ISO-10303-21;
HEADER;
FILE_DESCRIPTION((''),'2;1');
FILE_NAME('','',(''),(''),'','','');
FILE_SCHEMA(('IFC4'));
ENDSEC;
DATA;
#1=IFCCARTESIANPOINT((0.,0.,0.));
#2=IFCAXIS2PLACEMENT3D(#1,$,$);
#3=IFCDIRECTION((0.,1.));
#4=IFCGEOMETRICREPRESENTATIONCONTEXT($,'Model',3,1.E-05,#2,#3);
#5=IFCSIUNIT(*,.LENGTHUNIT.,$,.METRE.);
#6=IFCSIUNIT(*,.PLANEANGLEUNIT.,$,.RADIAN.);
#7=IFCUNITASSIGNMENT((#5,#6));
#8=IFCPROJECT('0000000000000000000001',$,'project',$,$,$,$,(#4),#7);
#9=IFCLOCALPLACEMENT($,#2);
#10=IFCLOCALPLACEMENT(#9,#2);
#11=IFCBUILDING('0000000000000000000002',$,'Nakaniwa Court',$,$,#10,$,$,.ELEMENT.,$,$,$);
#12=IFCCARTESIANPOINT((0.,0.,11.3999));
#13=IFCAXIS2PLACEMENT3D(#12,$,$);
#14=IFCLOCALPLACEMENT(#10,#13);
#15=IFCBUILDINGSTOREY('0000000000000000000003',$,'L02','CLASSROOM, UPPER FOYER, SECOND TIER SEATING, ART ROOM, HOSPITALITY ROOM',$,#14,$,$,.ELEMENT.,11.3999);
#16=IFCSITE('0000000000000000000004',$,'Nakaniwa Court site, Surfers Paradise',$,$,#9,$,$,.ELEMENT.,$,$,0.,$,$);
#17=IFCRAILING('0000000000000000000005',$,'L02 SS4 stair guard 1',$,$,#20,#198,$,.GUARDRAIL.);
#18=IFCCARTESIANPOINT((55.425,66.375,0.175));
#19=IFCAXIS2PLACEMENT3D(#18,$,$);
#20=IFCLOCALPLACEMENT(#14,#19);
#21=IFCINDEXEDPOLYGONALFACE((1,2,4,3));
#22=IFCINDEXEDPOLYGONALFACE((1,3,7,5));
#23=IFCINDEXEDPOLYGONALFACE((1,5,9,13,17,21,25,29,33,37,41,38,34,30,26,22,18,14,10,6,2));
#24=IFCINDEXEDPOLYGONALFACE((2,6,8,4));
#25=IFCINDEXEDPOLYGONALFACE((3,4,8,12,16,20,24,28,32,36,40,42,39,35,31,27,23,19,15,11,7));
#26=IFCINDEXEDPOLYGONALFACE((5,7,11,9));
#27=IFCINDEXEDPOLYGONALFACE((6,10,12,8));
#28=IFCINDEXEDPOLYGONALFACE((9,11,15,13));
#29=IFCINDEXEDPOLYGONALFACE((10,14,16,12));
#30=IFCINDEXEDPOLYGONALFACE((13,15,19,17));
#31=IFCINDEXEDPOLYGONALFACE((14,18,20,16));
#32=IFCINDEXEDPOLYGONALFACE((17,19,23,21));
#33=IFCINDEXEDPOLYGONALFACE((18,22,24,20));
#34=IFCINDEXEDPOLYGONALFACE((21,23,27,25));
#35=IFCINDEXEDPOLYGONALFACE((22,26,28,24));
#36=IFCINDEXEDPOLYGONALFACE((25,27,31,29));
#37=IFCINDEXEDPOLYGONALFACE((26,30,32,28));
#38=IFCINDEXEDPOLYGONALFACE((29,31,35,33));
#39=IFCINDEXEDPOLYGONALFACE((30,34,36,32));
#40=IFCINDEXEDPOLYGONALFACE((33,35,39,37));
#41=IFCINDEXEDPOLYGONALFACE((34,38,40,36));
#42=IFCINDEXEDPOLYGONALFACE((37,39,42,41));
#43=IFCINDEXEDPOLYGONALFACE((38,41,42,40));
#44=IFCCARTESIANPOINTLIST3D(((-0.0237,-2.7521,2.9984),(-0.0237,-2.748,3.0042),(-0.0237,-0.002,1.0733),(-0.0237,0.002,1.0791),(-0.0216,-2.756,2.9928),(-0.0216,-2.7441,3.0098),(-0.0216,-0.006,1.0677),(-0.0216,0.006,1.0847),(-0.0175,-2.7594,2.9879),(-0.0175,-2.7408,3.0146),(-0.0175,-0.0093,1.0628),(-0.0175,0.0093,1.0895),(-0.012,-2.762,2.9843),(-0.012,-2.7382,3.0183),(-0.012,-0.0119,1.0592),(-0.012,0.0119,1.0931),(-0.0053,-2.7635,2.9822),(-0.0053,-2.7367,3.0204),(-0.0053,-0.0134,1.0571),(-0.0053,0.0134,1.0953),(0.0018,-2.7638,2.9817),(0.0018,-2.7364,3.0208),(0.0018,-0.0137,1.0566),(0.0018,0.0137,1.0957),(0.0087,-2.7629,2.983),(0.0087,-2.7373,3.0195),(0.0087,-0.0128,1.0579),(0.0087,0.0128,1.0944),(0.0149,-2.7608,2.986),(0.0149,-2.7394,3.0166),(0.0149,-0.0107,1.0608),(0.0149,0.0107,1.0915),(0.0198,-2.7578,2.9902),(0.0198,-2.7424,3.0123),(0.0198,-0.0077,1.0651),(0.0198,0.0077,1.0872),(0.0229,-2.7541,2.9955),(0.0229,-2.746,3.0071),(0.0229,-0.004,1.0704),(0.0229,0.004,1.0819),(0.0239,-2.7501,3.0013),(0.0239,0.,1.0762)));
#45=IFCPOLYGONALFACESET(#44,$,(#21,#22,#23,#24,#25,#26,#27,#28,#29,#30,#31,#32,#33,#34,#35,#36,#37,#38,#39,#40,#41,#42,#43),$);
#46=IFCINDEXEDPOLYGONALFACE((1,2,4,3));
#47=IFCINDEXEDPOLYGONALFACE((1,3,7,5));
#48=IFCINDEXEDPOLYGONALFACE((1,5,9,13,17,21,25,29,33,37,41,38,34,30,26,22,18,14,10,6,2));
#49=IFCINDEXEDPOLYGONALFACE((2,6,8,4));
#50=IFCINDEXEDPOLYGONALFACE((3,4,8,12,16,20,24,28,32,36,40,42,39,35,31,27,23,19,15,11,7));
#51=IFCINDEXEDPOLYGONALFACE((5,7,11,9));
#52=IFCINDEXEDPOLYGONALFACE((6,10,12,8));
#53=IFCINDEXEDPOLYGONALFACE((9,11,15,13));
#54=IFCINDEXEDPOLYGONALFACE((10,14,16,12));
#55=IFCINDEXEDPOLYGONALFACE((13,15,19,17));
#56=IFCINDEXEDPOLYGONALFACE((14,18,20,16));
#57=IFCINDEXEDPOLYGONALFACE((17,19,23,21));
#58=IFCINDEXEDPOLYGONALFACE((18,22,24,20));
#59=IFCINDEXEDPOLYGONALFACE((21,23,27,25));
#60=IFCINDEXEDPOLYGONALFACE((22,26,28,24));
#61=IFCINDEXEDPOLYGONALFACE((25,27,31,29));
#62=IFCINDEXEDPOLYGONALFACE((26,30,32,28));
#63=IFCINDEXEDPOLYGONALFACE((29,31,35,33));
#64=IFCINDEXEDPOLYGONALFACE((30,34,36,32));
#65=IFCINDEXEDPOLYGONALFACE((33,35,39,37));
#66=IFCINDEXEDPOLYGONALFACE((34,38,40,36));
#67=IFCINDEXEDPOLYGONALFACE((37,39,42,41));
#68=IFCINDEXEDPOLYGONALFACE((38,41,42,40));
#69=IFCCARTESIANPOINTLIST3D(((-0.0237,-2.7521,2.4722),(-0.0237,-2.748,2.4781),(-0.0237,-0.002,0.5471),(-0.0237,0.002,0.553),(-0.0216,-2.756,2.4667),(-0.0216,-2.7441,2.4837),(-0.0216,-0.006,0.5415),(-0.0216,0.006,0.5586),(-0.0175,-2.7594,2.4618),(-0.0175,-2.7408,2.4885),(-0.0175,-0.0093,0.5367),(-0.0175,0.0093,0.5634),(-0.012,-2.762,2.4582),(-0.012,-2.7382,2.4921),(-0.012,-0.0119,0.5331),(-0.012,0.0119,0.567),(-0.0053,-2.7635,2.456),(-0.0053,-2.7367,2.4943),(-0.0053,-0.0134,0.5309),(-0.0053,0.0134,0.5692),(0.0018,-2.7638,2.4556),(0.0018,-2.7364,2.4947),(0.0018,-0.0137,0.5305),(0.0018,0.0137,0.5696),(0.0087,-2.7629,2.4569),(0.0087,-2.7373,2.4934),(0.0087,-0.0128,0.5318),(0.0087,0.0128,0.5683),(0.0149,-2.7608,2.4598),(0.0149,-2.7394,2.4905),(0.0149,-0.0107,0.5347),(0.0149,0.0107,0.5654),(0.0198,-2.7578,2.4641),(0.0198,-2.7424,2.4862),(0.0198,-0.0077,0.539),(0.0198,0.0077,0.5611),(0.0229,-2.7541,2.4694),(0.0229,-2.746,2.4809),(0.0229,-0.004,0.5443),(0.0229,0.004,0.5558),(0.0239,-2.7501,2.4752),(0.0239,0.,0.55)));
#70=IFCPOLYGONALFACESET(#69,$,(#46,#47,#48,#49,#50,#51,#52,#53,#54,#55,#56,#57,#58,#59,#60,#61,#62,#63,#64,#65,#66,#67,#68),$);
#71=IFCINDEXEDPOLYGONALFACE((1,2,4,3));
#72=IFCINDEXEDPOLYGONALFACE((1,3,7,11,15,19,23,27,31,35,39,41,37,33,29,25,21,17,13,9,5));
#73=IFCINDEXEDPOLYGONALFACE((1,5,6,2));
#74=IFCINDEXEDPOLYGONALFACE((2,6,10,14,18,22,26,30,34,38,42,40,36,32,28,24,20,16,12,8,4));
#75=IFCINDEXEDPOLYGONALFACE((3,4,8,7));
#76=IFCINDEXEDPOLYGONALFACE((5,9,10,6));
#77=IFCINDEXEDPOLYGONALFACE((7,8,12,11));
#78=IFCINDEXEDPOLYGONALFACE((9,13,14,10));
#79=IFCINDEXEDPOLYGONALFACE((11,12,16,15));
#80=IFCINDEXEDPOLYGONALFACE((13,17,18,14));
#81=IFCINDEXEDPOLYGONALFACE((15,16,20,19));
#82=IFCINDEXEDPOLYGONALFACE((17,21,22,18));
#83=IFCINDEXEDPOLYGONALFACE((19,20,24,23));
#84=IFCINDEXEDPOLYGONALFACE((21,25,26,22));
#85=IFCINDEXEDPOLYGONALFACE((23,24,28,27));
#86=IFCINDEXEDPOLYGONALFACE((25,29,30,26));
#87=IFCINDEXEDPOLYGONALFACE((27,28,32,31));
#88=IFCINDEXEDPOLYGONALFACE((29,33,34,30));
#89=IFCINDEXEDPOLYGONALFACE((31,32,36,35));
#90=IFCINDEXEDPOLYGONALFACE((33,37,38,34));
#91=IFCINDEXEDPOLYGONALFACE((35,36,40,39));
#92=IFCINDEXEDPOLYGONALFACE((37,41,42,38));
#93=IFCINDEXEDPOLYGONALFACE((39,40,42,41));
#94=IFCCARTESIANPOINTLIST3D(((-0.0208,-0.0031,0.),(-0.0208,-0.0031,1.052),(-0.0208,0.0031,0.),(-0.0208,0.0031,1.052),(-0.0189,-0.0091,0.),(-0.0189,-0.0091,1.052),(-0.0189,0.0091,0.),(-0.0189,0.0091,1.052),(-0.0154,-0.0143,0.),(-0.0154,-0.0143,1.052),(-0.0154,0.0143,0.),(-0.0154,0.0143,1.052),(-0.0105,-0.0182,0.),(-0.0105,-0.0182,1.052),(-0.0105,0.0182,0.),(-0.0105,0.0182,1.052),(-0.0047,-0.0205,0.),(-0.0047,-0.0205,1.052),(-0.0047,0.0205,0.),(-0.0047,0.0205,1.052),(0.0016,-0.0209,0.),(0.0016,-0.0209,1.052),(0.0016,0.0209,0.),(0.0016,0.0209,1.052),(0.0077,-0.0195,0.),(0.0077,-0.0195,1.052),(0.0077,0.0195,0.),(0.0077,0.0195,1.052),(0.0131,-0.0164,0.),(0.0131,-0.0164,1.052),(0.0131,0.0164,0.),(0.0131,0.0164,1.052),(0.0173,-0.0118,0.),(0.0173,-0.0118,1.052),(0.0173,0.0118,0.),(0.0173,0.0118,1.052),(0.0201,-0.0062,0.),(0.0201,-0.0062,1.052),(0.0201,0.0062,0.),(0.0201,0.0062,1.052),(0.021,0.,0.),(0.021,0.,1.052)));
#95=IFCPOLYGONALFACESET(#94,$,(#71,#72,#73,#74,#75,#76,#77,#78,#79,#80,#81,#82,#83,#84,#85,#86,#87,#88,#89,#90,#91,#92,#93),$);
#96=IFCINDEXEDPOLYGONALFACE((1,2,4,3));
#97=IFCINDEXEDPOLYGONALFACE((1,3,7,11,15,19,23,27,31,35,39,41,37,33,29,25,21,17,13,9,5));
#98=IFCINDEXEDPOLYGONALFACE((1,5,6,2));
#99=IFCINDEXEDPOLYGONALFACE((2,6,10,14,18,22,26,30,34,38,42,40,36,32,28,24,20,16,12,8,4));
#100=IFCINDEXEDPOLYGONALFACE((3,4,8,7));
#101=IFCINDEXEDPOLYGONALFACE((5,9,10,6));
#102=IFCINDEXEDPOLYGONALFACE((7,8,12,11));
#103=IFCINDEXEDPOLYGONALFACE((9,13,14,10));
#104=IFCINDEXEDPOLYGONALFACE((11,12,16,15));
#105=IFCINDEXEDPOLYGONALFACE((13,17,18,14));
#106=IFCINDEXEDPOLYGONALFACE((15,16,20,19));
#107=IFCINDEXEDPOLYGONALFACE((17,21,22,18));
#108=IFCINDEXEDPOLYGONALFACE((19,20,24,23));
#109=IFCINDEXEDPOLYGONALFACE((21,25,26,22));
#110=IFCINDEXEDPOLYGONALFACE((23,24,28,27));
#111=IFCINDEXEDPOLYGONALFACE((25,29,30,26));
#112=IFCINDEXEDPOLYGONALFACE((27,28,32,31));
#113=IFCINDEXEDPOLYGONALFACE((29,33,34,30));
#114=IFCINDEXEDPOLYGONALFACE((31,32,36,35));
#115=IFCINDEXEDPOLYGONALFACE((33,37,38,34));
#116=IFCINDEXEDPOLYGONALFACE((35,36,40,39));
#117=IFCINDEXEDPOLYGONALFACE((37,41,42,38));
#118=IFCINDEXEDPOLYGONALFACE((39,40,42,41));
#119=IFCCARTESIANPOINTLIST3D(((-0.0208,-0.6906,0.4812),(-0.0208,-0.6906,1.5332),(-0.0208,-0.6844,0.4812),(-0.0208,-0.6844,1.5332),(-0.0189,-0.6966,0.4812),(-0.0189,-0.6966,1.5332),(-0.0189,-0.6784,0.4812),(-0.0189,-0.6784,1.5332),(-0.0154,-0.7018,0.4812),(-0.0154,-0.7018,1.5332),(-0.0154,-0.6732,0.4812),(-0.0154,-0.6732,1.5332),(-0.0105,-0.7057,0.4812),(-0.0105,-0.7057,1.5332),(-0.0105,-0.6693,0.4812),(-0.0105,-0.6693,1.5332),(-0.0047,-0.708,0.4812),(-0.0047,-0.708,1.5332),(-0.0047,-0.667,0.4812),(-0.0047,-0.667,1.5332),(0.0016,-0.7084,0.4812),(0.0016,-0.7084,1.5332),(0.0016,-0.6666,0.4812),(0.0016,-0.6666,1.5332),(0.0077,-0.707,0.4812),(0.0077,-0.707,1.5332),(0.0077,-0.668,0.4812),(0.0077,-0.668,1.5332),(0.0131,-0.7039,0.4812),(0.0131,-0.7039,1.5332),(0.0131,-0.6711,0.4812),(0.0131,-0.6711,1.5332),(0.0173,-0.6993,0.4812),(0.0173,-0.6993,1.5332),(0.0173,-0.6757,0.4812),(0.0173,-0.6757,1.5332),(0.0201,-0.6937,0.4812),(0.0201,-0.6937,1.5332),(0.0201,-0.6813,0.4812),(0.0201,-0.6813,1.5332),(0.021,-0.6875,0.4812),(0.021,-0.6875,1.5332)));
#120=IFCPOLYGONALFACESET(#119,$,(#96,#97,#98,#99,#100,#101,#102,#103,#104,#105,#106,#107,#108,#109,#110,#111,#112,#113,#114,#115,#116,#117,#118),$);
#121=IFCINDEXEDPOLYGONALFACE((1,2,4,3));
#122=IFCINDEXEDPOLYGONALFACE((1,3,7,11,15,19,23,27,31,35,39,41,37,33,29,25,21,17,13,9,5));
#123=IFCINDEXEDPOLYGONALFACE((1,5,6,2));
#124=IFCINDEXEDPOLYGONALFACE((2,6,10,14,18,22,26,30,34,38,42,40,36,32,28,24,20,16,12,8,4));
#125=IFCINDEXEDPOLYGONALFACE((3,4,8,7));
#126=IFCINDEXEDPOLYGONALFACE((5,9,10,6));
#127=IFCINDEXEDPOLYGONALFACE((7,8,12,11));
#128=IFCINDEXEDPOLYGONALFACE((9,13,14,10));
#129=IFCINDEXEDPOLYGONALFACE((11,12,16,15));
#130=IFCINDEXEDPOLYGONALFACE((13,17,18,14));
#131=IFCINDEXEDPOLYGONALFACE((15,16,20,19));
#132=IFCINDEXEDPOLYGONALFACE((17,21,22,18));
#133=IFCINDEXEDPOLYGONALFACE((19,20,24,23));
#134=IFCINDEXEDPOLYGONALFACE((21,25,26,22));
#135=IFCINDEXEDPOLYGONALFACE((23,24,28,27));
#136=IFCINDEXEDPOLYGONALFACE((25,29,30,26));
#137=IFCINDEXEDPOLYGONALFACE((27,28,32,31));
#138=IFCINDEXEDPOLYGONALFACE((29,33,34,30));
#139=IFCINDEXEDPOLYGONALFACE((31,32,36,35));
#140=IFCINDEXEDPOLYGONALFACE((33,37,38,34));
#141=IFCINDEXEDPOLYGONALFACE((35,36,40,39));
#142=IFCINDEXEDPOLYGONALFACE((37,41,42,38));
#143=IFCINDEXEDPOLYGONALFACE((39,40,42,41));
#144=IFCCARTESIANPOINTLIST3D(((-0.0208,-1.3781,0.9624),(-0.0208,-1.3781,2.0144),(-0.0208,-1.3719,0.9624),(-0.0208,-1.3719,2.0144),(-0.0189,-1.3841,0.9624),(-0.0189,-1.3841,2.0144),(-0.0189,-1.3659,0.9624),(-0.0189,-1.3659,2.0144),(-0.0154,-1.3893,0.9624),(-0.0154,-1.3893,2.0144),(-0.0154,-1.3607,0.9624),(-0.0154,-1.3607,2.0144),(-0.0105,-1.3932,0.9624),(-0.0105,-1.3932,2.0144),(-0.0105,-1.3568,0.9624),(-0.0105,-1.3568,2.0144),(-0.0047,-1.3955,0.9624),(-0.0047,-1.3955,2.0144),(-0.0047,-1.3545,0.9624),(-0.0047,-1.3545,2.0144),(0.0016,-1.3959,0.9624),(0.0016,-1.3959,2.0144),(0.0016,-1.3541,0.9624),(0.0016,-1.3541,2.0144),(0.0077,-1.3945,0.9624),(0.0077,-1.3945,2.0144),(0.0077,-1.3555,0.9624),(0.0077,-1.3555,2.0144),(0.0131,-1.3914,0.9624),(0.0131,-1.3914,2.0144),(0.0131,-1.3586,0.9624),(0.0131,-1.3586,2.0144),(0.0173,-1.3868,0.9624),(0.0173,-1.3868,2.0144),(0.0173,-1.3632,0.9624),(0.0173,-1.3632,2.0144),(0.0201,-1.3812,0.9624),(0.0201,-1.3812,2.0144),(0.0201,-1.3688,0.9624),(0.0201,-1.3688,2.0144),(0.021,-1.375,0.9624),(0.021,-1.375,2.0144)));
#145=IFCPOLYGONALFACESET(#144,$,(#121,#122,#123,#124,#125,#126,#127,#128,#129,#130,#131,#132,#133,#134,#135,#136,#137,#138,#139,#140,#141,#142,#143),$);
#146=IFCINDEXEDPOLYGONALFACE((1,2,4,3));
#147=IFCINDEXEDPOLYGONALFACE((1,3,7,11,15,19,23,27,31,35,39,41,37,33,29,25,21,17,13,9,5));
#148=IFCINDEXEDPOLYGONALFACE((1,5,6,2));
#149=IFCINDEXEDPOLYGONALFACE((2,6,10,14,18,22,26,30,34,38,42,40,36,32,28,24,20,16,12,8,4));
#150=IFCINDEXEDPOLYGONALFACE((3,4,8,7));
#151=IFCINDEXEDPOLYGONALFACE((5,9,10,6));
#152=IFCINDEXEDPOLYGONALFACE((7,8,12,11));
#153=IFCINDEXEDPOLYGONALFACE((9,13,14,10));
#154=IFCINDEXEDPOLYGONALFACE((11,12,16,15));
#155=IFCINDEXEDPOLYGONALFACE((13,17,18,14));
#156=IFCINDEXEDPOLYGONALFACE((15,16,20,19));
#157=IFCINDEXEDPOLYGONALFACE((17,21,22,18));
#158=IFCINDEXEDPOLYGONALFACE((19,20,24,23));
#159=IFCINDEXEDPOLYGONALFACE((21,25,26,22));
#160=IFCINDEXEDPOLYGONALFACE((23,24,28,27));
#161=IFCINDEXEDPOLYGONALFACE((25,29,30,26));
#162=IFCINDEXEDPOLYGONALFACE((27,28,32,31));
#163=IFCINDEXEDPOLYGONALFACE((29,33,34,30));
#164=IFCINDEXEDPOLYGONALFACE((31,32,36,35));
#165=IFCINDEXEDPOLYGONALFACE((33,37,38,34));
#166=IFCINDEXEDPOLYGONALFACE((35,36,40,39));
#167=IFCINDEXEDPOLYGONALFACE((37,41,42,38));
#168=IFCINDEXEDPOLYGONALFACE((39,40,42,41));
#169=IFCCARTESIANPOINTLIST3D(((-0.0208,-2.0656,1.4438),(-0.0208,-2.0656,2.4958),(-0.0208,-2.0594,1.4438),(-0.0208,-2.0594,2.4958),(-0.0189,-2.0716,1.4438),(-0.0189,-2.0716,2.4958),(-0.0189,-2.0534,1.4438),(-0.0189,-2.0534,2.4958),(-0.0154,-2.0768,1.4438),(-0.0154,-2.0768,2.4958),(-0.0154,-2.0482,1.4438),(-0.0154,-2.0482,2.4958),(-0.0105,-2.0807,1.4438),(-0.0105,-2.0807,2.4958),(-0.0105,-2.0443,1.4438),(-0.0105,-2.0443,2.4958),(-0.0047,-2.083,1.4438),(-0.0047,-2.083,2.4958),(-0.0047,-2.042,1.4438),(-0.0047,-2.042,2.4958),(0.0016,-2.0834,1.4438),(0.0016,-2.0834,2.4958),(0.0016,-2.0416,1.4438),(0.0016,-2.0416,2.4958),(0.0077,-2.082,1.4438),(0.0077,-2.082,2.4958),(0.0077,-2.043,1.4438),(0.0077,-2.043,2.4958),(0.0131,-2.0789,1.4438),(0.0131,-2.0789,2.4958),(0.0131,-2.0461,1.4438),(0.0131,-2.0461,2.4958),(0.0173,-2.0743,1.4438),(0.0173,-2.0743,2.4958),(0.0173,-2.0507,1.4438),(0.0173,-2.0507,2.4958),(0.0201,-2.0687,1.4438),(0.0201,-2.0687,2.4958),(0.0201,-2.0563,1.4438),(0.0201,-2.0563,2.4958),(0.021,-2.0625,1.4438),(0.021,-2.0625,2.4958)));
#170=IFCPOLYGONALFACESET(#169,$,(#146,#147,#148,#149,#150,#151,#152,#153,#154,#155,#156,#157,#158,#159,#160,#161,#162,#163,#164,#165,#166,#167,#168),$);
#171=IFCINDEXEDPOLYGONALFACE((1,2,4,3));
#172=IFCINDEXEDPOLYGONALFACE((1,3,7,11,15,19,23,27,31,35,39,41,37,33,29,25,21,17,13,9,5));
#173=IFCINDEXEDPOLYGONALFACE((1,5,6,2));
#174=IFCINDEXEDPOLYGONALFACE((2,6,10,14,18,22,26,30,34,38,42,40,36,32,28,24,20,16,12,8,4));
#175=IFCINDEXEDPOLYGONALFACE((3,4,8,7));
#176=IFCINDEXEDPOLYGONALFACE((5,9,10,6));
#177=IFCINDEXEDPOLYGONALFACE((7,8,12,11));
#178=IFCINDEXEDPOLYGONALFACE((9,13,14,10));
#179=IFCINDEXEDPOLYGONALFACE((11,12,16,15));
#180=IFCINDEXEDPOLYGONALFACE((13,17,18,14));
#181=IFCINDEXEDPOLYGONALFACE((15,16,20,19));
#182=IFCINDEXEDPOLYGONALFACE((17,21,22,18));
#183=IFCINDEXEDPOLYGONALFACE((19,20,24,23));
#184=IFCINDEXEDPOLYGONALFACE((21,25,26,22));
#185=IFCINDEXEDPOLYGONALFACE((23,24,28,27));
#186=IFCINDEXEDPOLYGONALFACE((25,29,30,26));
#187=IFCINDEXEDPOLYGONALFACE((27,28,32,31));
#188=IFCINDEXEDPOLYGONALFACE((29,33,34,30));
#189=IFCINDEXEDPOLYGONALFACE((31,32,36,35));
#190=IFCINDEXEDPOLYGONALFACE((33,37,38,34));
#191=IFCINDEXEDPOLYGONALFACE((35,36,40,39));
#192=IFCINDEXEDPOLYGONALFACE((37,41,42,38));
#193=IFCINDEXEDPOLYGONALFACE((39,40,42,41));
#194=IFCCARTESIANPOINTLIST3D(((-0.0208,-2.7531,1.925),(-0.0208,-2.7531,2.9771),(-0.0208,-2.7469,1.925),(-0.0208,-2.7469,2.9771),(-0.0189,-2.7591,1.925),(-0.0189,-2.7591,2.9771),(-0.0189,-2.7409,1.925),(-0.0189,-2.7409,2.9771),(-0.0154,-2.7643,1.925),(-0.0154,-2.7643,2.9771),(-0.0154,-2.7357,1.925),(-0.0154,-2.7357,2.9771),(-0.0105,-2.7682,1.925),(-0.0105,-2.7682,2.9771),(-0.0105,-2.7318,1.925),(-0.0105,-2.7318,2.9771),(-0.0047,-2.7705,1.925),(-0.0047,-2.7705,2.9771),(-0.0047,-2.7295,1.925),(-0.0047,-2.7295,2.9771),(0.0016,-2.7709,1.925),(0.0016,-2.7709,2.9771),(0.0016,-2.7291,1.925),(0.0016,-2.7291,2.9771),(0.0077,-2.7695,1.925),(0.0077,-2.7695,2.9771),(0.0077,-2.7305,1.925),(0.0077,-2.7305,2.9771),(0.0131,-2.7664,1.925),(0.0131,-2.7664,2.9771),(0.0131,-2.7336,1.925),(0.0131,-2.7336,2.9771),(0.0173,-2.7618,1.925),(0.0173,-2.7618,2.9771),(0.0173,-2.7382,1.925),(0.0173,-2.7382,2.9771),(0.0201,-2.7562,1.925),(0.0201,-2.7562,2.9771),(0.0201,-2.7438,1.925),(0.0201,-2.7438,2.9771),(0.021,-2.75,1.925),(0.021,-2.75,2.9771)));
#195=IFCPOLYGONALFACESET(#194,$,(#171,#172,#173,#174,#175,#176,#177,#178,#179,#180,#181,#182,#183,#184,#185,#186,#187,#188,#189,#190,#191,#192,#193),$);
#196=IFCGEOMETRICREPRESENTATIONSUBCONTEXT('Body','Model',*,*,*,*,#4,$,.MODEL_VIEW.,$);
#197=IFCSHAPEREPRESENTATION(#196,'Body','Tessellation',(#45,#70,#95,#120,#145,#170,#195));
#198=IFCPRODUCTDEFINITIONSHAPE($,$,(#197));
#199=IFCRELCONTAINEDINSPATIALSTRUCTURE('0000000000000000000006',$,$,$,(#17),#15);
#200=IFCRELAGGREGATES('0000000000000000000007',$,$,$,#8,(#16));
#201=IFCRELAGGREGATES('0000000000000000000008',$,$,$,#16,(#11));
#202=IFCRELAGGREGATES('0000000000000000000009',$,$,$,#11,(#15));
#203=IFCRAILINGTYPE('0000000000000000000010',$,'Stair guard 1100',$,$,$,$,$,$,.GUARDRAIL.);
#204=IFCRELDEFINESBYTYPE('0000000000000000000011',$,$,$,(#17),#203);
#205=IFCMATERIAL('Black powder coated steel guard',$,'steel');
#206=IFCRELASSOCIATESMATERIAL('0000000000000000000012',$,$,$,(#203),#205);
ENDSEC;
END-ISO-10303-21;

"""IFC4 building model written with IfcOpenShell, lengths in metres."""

from ifc_helpers import new_model, si_unit, direction, frame, origin, origin_2d, place, context, subcontext, project, spatial, circle, extrude, material, type_object, element, save


model = new_model("IFC4")

# Units and contexts
model_context = context("Model", 3, precision=1e-05, world=origin(), true_north=direction((0.0, 1.0)))
body_context = subcontext(model_context, "Body", "Model", "MODEL_VIEW")
ifc_project = project(units=[si_unit("LENGTHUNIT", "METRE"), si_unit("PLANEANGLEUNIT", "RADIAN")], contexts=[model_context])

# Site, building, storey
site_placement = place(None, origin())
site = spatial("IfcSite", under=ifc_project, at=site_placement, Name="Nakaniwa Court site, Surfers Paradise", CompositionType="ELEMENT", RefElevation=0.0)
building_placement = place(site_placement, origin())
building = spatial("IfcBuilding", under=site, at=building_placement, Name="Nakaniwa Court", CompositionType="ELEMENT")
storey_placement = place(building_placement, frame((0.0, 0.0, 11.3999)))
storey = spatial("IfcBuildingStorey", under=building, at=storey_placement, Name="L02", Description="CLASSROOM, UPPER FOYER, SECOND TIER SEATING, ART ROOM, HOSPITALITY ROOM", CompositionType="ELEMENT", Elevation=11.3999)

# Railing
ifc_material_1 = material(Name="Black powder coated steel guard", Category="steel")
railing_type_1 = type_object("IfcRailingType", Name="Stair guard 1100", PredefinedType="GUARDRAIL", material=ifc_material_1)
railing_1_placement = place(storey_placement, frame((55.425, 66.375, 0.175)))
element("IfcRailing", 1, at=railing_1_placement, inside=storey, type_object=railing_type_1, Name="L02 SS4 stair guard 1", PredefinedType="GUARDRAIL", context=body_context, shape_type="SweptSolid", body=[
    extrude(circle(Radius=0.0239, at=origin_2d()), frame((0.0, 0.0, 1.0762), z_axis=(0.0, -0.819225, 0.573472), x_axis=(1.0, 0.0, 0.0)), (0.0, 0.0, 1.0), 3.3569),
    extrude(circle(Radius=0.0239, at=origin_2d()), frame((0.0, 0.0, 0.55), z_axis=(0.0, -0.819225, 0.573472), x_axis=(1.0, 0.0, 0.0)), (0.0, 0.0, 1.0), 3.3569),
    extrude(circle(Radius=0.021, at=origin_2d()), origin(), (0.0, 0.0, 1.0), 1.052),
    extrude(circle(Radius=0.021, at=origin_2d()), frame((0.0, -0.6875, 0.4812)), (0.0, 0.0, 1.0), 1.052),
    extrude(circle(Radius=0.021, at=origin_2d()), frame((0.0, -1.375, 0.9624)), (0.0, 0.0, 1.0), 1.052),
    extrude(circle(Radius=0.021, at=origin_2d()), frame((0.0, -2.0625, 1.4438)), (0.0, 0.0, 1.0), 1.052),
    extrude(circle(Radius=0.021, at=origin_2d()), frame((0.0, -2.75, 1.925)), (0.0, 0.0, 1.0), 1.052),
])

save(model, "model.ifc")
